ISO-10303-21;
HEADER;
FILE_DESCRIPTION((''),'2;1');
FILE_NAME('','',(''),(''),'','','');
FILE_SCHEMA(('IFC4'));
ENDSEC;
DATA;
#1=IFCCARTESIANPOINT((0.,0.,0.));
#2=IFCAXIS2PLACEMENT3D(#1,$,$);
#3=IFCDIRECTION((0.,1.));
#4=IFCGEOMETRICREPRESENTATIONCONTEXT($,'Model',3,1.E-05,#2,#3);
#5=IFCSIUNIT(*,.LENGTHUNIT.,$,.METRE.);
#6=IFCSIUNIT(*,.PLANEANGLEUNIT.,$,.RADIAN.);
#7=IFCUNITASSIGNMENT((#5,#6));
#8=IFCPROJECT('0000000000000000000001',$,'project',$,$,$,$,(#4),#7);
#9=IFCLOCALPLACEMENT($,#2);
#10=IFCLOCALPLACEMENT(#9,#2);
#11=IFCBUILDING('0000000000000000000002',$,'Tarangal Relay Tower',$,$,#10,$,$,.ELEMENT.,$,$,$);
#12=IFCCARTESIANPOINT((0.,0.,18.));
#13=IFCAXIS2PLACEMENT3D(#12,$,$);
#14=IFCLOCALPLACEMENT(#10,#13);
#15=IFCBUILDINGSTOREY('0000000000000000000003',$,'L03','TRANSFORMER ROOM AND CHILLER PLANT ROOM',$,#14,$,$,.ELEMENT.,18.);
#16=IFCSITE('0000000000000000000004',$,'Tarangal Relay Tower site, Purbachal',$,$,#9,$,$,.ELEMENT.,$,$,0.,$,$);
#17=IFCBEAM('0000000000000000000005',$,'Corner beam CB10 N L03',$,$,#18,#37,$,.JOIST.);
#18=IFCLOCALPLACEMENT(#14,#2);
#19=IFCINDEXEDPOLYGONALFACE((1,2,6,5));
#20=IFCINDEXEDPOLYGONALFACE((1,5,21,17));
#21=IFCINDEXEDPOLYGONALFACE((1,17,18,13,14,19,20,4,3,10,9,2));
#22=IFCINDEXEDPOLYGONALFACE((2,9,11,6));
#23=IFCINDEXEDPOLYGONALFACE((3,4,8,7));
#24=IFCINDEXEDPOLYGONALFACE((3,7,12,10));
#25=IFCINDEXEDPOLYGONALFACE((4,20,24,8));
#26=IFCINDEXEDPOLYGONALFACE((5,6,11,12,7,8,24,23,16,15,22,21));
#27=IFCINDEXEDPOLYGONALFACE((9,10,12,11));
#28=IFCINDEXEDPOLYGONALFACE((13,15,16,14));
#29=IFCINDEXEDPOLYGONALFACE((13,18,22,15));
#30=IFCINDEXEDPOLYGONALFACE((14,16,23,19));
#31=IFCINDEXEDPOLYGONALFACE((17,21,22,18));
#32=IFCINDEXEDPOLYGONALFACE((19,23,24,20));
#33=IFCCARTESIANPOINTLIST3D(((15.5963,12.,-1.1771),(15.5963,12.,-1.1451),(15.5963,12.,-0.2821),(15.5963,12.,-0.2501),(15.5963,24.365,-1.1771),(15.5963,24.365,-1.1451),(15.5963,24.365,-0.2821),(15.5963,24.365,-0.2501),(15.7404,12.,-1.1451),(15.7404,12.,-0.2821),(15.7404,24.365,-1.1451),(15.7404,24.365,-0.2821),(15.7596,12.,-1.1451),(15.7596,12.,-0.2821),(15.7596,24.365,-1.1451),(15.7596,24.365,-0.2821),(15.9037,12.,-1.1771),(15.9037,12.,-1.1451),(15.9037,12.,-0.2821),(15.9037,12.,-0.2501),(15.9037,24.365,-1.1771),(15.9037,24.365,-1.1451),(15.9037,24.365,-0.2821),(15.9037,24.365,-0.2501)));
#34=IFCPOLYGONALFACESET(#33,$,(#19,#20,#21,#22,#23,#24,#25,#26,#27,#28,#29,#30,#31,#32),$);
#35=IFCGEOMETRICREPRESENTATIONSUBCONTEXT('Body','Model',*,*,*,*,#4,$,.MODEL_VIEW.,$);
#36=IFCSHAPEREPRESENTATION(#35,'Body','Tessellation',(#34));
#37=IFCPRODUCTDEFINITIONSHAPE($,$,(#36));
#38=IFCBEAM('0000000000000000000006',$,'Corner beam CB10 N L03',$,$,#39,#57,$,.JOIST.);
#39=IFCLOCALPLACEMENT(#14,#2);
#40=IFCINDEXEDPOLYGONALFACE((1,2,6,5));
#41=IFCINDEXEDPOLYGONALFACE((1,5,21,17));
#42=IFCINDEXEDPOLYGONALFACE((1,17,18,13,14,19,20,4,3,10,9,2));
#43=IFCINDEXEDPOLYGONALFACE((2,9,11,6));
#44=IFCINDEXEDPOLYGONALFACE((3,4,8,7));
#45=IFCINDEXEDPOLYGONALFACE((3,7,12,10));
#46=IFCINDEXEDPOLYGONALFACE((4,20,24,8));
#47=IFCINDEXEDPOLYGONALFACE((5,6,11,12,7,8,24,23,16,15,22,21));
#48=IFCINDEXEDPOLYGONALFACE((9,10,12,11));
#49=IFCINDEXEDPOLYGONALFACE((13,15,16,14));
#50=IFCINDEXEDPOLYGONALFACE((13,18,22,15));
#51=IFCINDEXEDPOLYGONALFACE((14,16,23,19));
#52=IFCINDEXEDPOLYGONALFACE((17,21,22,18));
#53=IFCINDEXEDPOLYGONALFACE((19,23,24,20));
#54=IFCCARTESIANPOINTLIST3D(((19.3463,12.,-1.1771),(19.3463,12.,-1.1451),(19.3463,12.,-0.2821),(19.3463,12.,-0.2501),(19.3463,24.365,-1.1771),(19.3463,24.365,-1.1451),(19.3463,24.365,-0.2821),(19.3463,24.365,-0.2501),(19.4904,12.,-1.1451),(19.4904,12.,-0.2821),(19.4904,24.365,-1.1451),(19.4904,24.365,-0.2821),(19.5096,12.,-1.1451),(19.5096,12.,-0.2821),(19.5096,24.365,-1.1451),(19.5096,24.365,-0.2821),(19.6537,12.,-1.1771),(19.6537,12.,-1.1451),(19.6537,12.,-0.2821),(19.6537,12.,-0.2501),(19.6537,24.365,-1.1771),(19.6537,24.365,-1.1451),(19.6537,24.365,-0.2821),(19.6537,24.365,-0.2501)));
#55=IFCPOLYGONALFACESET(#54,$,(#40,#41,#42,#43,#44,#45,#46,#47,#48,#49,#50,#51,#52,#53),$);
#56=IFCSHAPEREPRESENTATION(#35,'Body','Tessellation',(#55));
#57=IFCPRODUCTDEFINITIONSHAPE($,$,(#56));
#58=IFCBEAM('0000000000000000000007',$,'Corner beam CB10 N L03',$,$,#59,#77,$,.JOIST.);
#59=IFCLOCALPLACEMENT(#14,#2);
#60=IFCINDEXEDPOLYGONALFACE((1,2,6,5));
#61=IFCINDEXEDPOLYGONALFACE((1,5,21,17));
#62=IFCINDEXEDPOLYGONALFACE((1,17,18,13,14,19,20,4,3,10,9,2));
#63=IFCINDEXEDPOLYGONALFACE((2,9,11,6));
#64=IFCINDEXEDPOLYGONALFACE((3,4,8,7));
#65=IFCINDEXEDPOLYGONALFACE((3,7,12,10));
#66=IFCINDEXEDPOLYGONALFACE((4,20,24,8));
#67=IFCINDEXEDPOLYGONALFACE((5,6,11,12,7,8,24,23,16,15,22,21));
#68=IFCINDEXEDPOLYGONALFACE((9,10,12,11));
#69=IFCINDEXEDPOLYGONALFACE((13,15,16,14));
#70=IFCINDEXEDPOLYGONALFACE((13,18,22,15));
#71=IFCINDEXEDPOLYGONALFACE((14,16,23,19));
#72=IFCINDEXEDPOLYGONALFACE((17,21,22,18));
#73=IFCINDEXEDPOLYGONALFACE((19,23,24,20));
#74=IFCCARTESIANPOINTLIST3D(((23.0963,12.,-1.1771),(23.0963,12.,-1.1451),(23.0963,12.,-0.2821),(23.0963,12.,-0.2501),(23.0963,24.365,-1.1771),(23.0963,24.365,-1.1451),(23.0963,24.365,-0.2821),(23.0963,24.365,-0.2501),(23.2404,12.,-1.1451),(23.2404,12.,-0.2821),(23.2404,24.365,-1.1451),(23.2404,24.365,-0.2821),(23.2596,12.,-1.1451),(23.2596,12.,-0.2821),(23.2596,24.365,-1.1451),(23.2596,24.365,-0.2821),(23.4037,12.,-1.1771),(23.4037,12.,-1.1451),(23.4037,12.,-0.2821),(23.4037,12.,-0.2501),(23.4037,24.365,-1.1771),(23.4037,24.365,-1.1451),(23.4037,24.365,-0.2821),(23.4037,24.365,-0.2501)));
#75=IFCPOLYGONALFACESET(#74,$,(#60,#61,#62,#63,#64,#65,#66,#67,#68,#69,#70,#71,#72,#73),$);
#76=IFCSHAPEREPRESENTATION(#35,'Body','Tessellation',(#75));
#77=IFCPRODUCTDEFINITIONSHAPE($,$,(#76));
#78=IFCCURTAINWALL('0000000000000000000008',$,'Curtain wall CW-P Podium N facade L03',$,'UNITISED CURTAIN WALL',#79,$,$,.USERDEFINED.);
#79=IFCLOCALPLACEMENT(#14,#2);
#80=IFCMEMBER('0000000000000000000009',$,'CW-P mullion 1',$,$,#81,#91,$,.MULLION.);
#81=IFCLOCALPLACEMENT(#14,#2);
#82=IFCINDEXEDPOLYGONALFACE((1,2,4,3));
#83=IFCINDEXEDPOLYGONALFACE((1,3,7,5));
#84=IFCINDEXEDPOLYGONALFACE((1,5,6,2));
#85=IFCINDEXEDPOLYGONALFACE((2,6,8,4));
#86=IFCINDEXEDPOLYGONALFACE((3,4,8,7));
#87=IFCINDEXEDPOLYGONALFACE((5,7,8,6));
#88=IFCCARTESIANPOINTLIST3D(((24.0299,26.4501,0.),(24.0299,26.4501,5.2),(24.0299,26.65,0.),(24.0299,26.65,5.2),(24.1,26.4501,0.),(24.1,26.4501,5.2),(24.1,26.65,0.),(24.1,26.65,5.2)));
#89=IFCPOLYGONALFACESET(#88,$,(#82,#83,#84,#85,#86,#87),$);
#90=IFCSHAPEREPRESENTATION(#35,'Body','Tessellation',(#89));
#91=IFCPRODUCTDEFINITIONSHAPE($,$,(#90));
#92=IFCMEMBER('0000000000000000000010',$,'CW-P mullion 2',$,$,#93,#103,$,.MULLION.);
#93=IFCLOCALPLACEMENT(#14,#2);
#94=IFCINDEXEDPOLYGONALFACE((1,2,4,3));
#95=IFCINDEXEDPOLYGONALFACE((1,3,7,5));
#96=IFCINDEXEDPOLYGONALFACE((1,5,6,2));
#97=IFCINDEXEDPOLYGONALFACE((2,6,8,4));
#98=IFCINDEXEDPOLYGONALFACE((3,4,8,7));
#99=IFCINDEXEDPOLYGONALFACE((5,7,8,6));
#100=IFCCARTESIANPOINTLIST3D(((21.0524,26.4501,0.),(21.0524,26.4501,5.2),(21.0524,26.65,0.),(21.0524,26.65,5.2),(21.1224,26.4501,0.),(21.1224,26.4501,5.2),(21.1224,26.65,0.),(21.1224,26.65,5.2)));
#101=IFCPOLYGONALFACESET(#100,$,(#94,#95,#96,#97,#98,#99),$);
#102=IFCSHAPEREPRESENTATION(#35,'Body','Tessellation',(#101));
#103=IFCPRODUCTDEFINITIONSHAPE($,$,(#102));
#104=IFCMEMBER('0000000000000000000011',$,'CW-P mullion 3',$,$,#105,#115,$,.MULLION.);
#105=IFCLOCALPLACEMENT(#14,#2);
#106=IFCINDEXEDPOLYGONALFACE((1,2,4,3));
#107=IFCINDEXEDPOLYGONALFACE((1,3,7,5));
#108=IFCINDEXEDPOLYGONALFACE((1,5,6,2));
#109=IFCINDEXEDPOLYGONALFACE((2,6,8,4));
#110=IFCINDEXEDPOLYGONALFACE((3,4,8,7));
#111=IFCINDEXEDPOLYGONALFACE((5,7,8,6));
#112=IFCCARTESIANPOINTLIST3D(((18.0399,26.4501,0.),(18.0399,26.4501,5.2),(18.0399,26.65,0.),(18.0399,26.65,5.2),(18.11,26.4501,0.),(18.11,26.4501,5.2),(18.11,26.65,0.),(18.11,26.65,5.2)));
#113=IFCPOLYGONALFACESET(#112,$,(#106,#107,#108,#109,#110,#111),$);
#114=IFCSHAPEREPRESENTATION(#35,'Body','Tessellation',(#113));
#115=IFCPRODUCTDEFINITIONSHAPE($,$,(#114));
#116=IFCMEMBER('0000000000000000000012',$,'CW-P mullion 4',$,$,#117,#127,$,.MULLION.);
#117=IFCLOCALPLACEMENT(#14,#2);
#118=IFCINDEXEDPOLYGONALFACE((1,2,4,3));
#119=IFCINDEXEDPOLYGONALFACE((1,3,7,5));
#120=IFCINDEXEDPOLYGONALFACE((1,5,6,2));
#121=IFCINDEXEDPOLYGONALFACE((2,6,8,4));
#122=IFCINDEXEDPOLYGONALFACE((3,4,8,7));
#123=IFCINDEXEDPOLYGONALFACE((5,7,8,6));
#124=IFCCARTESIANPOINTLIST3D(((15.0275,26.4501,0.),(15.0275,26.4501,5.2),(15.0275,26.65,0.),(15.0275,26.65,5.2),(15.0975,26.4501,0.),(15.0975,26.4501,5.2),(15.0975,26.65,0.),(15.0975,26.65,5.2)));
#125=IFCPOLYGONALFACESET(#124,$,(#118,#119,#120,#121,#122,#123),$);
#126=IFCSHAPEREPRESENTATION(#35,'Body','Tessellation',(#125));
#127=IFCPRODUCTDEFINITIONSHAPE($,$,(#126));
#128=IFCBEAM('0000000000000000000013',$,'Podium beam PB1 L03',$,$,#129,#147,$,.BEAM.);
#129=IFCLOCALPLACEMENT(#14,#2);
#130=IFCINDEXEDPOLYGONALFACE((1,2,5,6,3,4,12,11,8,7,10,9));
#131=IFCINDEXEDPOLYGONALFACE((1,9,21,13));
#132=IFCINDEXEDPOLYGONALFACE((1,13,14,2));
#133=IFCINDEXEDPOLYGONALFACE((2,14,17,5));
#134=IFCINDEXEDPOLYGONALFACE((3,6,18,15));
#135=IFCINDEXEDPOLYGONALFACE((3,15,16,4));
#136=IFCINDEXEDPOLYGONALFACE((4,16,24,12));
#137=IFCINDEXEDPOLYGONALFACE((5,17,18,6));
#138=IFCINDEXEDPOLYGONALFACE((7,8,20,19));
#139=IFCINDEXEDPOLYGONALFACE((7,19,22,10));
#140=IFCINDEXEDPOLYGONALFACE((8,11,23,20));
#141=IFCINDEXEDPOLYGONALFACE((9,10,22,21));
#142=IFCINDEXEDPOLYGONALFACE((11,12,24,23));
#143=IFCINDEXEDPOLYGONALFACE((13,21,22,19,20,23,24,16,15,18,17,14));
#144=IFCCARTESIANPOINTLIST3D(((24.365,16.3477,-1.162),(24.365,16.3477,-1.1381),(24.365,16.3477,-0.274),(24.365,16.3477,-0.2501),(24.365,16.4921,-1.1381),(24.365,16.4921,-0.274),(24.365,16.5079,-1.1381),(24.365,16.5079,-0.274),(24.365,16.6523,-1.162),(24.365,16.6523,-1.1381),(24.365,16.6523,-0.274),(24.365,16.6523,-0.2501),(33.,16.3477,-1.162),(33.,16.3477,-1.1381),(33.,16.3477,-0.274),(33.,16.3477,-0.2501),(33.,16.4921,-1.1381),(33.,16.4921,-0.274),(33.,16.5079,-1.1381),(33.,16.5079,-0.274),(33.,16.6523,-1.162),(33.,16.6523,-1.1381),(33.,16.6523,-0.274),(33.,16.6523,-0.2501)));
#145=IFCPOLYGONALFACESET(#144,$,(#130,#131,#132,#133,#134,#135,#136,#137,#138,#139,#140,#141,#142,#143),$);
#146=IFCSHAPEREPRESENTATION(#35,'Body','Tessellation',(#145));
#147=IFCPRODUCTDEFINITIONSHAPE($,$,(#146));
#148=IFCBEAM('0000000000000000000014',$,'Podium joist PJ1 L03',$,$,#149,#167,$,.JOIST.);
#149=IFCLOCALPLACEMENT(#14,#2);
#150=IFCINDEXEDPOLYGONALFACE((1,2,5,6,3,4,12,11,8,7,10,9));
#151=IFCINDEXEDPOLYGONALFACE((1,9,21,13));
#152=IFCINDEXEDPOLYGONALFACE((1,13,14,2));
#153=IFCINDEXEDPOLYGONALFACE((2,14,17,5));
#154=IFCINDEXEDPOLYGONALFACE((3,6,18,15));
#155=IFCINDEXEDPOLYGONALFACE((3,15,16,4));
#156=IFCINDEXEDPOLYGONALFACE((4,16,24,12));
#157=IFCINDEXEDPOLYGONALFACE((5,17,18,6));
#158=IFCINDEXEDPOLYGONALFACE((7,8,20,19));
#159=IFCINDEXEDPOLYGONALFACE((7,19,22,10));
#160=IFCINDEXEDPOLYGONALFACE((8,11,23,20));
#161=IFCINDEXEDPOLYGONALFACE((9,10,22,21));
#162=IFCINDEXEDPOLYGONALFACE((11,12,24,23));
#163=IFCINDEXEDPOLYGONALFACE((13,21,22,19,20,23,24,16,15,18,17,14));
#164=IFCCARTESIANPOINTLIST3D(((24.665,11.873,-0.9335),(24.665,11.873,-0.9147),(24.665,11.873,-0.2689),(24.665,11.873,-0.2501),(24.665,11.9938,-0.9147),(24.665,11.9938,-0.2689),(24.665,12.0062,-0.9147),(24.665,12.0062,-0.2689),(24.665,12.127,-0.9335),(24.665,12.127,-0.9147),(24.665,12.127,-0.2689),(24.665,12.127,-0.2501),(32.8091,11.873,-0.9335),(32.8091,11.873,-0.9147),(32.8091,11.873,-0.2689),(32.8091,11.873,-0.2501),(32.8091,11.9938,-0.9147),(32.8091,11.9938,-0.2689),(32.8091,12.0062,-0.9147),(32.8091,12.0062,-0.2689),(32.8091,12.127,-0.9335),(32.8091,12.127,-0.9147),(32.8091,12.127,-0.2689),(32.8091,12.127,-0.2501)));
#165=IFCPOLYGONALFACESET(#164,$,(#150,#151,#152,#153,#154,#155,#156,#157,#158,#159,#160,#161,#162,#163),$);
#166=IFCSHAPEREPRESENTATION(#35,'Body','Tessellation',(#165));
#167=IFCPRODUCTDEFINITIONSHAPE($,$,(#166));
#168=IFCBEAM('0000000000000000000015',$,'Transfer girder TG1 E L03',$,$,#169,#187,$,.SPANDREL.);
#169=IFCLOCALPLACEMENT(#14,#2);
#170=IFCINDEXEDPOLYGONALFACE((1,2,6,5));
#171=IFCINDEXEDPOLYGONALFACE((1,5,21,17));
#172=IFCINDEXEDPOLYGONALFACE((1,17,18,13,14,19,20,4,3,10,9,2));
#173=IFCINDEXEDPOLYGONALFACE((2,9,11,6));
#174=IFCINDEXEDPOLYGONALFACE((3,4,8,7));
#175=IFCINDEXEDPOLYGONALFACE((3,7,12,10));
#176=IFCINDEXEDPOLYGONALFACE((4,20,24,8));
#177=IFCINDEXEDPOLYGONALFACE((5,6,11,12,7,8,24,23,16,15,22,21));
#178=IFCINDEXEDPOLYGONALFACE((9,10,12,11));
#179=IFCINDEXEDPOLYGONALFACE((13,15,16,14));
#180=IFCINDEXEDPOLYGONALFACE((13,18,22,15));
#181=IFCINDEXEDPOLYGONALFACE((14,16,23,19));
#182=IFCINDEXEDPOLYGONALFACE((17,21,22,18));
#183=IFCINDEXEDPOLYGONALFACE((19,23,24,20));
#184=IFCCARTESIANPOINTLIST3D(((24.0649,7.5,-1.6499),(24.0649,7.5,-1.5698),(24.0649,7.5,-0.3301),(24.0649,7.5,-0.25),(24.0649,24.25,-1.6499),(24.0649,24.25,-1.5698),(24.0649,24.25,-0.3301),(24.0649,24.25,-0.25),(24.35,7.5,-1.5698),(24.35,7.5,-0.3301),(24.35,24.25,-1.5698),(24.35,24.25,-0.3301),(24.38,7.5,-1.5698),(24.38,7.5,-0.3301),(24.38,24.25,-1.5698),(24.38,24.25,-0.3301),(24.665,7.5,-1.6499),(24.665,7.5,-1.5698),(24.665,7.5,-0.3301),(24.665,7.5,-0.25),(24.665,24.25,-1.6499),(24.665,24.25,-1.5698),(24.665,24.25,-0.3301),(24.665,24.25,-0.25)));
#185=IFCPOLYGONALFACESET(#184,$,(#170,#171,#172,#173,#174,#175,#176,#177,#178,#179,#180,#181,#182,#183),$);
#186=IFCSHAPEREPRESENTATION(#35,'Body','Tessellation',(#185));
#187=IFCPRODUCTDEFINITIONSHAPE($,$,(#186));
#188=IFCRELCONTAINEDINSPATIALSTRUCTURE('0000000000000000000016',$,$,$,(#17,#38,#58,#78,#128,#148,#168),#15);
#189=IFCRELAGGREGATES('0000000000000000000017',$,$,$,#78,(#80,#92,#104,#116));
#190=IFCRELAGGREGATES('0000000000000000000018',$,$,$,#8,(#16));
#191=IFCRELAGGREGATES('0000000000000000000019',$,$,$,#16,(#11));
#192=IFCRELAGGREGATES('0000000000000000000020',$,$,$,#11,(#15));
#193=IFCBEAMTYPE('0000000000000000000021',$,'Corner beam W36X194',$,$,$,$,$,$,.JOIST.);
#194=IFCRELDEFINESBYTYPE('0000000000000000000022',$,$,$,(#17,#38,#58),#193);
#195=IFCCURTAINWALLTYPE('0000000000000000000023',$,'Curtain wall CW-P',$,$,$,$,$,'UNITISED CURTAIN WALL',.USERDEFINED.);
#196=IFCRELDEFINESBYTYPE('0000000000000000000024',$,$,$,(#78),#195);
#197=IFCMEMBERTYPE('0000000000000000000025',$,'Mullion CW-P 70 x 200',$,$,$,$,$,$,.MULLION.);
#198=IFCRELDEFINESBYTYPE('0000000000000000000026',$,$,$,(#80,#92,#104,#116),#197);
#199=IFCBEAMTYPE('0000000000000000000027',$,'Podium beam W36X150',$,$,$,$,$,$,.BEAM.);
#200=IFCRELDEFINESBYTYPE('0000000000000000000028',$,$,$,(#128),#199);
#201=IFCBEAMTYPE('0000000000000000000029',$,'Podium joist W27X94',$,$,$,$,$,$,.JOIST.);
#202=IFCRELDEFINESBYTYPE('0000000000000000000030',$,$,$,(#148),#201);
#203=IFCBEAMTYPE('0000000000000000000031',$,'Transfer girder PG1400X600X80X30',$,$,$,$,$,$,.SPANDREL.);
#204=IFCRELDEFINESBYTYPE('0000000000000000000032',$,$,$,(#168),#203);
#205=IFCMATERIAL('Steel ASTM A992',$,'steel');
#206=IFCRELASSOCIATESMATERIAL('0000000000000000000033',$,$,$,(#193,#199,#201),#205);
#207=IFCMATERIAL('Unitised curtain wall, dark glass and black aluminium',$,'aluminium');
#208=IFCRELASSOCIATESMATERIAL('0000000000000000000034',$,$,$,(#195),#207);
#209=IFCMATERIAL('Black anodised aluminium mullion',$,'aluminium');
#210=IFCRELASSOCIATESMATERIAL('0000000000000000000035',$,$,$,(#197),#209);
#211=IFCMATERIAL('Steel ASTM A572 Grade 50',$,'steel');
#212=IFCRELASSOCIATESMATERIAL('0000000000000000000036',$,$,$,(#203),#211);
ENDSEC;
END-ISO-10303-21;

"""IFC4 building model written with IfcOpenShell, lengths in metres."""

from ifc_helpers import new_model, si_unit, direction, frame, origin, origin_2d, place, context, subcontext, project, spatial, rectangle, i_section, extrude, material, material_profile, profile_set, type_object, element, aggregate, save


model = new_model("IFC4")

# Units and contexts
model_context = context("Model", 3, precision=1e-05, world=origin(), true_north=direction((0.0, 1.0)))
body_context = subcontext(model_context, "Body", "Model", "MODEL_VIEW")
ifc_project = project(units=[si_unit("LENGTHUNIT", "METRE"), si_unit("PLANEANGLEUNIT", "RADIAN")], contexts=[model_context])

# Site, building, storey
site_placement = place(None, origin())
site = spatial("IfcSite", under=ifc_project, at=site_placement, Name="Tarangal Relay Tower site, Purbachal", CompositionType="ELEMENT", RefElevation=0.0)
building_placement = place(site_placement, origin())
building = spatial("IfcBuilding", under=site, at=building_placement, Name="Tarangal Relay Tower", CompositionType="ELEMENT")
storey_placement = place(building_placement, frame((0.0, 0.0, 18.0)))
storey = spatial("IfcBuildingStorey", under=building, at=storey_placement, Name="L03", Description="TRANSFORMER ROOM AND CHILLER PLANT ROOM", CompositionType="ELEMENT", Elevation=18.0)

# Beams
ifc_material_1 = material(Name="Steel ASTM A992", Category="steel")
ifc_material_profile_1 = material_profile(ifc_material_1, i_section(OverallWidth=0.3074, OverallDepth=0.927, WebThickness=0.0193, FlangeThickness=0.032, at=origin_2d()), Name="W36X194")
ifc_profile_set_1 = profile_set([ifc_material_profile_1], Name="Steel ASTM A992")
beam_type_1 = type_object("IfcBeamType", Name="Corner beam W36X194", PredefinedType="JOIST", material=ifc_profile_set_1)
for number, where, z_axis, x_axis, name in (
    (1, (15.75, 12.0, -0.7136), (0.0, 1.0, 0.0), (-1.0, 0.0, 0.0), "Corner beam CB10 N L03"),
    (2, (19.5, 12.0, -0.7136), (0.0, 1.0, 0.0), (-1.0, 0.0, 0.0), "Corner beam CB10 N L03"),
    (3, (23.25, 12.0, -0.7136), (0.0, 1.0, 0.0), (-1.0, 0.0, 0.0), "Corner beam CB10 N L03"),
):
    element("IfcBeam", number, at=place(storey_placement, frame(where, z_axis=z_axis, x_axis=x_axis)), inside=storey, type_object=beam_type_1, Name=name, PredefinedType="JOIST", context=body_context, shape_type="SweptSolid", body=[
        extrude(i_section(OverallWidth=0.3074, OverallDepth=0.927, WebThickness=0.0193, FlangeThickness=0.032, at=origin_2d()), origin(), (0.0, 0.0, 1.0), 12.365),
    ])

# Curtain wall, members
ifc_material_2 = material(Name="Unitised curtain wall, dark glass and black aluminium", Category="aluminium")
curtain_wall_type = type_object("IfcCurtainWallType", Name="Curtain wall CW-P", ElementType="UNITISED CURTAIN WALL", PredefinedType="USERDEFINED", material=ifc_material_2)
curtain_wall_placement = place(storey_placement, origin())
curtain_wall = element("IfcCurtainWall", 4, at=curtain_wall_placement, inside=storey, type_object=curtain_wall_type, Name="Curtain wall CW-P Podium N facade L03", ObjectType="UNITISED CURTAIN WALL", PredefinedType="USERDEFINED")
ifc_material_3 = material(Name="Black anodised aluminium mullion", Category="aluminium")
ifc_material_profile_2 = material_profile(ifc_material_3, rectangle(XDim=0.2, YDim=0.0701, at=origin_2d()), Name="CW-PM 70X200")
ifc_profile_set_2 = profile_set([ifc_material_profile_2], Name="Black anodised aluminium mullion")
member_type_1 = type_object("IfcMemberType", Name="Mullion CW-P 70 x 200", PredefinedType="MULLION", material=ifc_profile_set_2)
member_1_placement = place(storey_placement, frame((24.0649, 26.55, 0.0), z_axis=(0.0, 0.0, 1.0), x_axis=(0.0, -1.0, 0.0)))
member_1 = element("IfcMember", 5, at=member_1_placement, type_object=member_type_1, Name="CW-P mullion 1", PredefinedType="MULLION", context=body_context, shape_type="SweptSolid", body=[
    extrude(rectangle(XDim=0.2, YDim=0.0701, at=origin_2d()), origin(), (0.0, 0.0, 1.0), 5.2),
])
member_2_placement = place(storey_placement, frame((21.0874, 26.55, 0.0), z_axis=(0.0, 0.0, 1.0), x_axis=(0.0, -1.0, 0.0)))
member_2 = element("IfcMember", 6, at=member_2_placement, type_object=member_type_1, Name="CW-P mullion 2", PredefinedType="MULLION", context=body_context, shape_type="SweptSolid", body=[
    extrude(rectangle(XDim=0.2, YDim=0.0701, at=origin_2d()), origin(), (0.0, 0.0, 1.0), 5.2),
])
member_3_placement = place(storey_placement, frame((18.075, 26.55, 0.0), z_axis=(0.0, 0.0, 1.0), x_axis=(0.0, -1.0, 0.0)))
member_3 = element("IfcMember", 7, at=member_3_placement, type_object=member_type_1, Name="CW-P mullion 3", PredefinedType="MULLION", context=body_context, shape_type="SweptSolid", body=[
    extrude(rectangle(XDim=0.2, YDim=0.0701, at=origin_2d()), origin(), (0.0, 0.0, 1.0), 5.2),
])
member_4_placement = place(storey_placement, frame((15.0625, 26.55, 0.0), z_axis=(0.0, 0.0, 1.0), x_axis=(0.0, -1.0, 0.0)))
member_4 = element("IfcMember", 8, at=member_4_placement, type_object=member_type_1, Name="CW-P mullion 4", PredefinedType="MULLION", context=body_context, shape_type="SweptSolid", body=[
    extrude(rectangle(XDim=0.2, YDim=0.0701, at=origin_2d()), origin(), (0.0, 0.0, 1.0), 5.2),
])

# Beams
ifc_material_profile_3 = material_profile(ifc_material_1, i_section(OverallWidth=0.3047, OverallDepth=0.9119, WebThickness=0.0159, FlangeThickness=0.0239, at=origin_2d()), Name="W36X150")
ifc_profile_set_3 = profile_set([ifc_material_profile_3], Name="Steel ASTM A992")
beam_type_2 = type_object("IfcBeamType", Name="Podium beam W36X150", PredefinedType="BEAM", material=ifc_profile_set_3)
beam_1_placement = place(storey_placement, frame((24.365, 16.5, -0.7061), z_axis=(1.0, 0.0, 0.0), x_axis=(0.0, 1.0, 0.0)))
element("IfcBeam", 9, at=beam_1_placement, inside=storey, type_object=beam_type_2, Name="Podium beam PB1 L03", PredefinedType="BEAM", context=body_context, shape_type="SweptSolid", body=[
    extrude(i_section(OverallWidth=0.3047, OverallDepth=0.9119, WebThickness=0.0159, FlangeThickness=0.0239, at=origin_2d()), origin(), (0.0, 0.0, 1.0), 8.635),
])
ifc_material_profile_4 = material_profile(ifc_material_1, i_section(OverallWidth=0.2539, OverallDepth=0.6833, WebThickness=0.0125, FlangeThickness=0.0188, at=origin_2d()), Name="W27X94")
ifc_profile_set_4 = profile_set([ifc_material_profile_4], Name="Steel ASTM A992")
beam_type_3 = type_object("IfcBeamType", Name="Podium joist W27X94", PredefinedType="JOIST", material=ifc_profile_set_4)
beam_2_placement = place(storey_placement, frame((24.665, 12.0, -0.5918), z_axis=(1.0, 0.0, 0.0), x_axis=(0.0, 1.0, 0.0)))
element("IfcBeam", 10, at=beam_2_placement, inside=storey, type_object=beam_type_3, Name="Podium joist PJ1 L03", PredefinedType="JOIST", context=body_context, shape_type="SweptSolid", body=[
    extrude(i_section(OverallWidth=0.2539, OverallDepth=0.6833, WebThickness=0.0125, FlangeThickness=0.0188, at=origin_2d()), origin(), (0.0, 0.0, 1.0), 8.144),
])
ifc_material_4 = material(Name="Steel ASTM A572 Grade 50", Category="steel")
ifc_material_profile_5 = material_profile(ifc_material_4, i_section(OverallWidth=0.6001, OverallDepth=1.3999, WebThickness=0.03, FlangeThickness=0.0801, at=origin_2d()), Name="PG1400X600X80X30")
ifc_profile_set_5 = profile_set([ifc_material_profile_5], Name="Steel ASTM A572 Grade 50")
beam_type_4 = type_object("IfcBeamType", Name="Transfer girder PG1400X600X80X30", PredefinedType="SPANDREL", material=ifc_profile_set_5)
beam_3_placement = place(storey_placement, frame((24.365, 24.25, -0.95), z_axis=(0.0, -1.0, 0.0), x_axis=(1.0, 0.0, 0.0)))
element("IfcBeam", 11, at=beam_3_placement, inside=storey, type_object=beam_type_4, Name="Transfer girder TG1 E L03", PredefinedType="SPANDREL", context=body_context, shape_type="SweptSolid", body=[
    extrude(i_section(OverallWidth=0.6001, OverallDepth=1.3999, WebThickness=0.03, FlangeThickness=0.0801, at=origin_2d()), origin(), (0.0, 0.0, 1.0), 16.75),
])

aggregate(curtain_wall, [member_1, member_2, member_3, member_4])

save(model, "model.ifc")
